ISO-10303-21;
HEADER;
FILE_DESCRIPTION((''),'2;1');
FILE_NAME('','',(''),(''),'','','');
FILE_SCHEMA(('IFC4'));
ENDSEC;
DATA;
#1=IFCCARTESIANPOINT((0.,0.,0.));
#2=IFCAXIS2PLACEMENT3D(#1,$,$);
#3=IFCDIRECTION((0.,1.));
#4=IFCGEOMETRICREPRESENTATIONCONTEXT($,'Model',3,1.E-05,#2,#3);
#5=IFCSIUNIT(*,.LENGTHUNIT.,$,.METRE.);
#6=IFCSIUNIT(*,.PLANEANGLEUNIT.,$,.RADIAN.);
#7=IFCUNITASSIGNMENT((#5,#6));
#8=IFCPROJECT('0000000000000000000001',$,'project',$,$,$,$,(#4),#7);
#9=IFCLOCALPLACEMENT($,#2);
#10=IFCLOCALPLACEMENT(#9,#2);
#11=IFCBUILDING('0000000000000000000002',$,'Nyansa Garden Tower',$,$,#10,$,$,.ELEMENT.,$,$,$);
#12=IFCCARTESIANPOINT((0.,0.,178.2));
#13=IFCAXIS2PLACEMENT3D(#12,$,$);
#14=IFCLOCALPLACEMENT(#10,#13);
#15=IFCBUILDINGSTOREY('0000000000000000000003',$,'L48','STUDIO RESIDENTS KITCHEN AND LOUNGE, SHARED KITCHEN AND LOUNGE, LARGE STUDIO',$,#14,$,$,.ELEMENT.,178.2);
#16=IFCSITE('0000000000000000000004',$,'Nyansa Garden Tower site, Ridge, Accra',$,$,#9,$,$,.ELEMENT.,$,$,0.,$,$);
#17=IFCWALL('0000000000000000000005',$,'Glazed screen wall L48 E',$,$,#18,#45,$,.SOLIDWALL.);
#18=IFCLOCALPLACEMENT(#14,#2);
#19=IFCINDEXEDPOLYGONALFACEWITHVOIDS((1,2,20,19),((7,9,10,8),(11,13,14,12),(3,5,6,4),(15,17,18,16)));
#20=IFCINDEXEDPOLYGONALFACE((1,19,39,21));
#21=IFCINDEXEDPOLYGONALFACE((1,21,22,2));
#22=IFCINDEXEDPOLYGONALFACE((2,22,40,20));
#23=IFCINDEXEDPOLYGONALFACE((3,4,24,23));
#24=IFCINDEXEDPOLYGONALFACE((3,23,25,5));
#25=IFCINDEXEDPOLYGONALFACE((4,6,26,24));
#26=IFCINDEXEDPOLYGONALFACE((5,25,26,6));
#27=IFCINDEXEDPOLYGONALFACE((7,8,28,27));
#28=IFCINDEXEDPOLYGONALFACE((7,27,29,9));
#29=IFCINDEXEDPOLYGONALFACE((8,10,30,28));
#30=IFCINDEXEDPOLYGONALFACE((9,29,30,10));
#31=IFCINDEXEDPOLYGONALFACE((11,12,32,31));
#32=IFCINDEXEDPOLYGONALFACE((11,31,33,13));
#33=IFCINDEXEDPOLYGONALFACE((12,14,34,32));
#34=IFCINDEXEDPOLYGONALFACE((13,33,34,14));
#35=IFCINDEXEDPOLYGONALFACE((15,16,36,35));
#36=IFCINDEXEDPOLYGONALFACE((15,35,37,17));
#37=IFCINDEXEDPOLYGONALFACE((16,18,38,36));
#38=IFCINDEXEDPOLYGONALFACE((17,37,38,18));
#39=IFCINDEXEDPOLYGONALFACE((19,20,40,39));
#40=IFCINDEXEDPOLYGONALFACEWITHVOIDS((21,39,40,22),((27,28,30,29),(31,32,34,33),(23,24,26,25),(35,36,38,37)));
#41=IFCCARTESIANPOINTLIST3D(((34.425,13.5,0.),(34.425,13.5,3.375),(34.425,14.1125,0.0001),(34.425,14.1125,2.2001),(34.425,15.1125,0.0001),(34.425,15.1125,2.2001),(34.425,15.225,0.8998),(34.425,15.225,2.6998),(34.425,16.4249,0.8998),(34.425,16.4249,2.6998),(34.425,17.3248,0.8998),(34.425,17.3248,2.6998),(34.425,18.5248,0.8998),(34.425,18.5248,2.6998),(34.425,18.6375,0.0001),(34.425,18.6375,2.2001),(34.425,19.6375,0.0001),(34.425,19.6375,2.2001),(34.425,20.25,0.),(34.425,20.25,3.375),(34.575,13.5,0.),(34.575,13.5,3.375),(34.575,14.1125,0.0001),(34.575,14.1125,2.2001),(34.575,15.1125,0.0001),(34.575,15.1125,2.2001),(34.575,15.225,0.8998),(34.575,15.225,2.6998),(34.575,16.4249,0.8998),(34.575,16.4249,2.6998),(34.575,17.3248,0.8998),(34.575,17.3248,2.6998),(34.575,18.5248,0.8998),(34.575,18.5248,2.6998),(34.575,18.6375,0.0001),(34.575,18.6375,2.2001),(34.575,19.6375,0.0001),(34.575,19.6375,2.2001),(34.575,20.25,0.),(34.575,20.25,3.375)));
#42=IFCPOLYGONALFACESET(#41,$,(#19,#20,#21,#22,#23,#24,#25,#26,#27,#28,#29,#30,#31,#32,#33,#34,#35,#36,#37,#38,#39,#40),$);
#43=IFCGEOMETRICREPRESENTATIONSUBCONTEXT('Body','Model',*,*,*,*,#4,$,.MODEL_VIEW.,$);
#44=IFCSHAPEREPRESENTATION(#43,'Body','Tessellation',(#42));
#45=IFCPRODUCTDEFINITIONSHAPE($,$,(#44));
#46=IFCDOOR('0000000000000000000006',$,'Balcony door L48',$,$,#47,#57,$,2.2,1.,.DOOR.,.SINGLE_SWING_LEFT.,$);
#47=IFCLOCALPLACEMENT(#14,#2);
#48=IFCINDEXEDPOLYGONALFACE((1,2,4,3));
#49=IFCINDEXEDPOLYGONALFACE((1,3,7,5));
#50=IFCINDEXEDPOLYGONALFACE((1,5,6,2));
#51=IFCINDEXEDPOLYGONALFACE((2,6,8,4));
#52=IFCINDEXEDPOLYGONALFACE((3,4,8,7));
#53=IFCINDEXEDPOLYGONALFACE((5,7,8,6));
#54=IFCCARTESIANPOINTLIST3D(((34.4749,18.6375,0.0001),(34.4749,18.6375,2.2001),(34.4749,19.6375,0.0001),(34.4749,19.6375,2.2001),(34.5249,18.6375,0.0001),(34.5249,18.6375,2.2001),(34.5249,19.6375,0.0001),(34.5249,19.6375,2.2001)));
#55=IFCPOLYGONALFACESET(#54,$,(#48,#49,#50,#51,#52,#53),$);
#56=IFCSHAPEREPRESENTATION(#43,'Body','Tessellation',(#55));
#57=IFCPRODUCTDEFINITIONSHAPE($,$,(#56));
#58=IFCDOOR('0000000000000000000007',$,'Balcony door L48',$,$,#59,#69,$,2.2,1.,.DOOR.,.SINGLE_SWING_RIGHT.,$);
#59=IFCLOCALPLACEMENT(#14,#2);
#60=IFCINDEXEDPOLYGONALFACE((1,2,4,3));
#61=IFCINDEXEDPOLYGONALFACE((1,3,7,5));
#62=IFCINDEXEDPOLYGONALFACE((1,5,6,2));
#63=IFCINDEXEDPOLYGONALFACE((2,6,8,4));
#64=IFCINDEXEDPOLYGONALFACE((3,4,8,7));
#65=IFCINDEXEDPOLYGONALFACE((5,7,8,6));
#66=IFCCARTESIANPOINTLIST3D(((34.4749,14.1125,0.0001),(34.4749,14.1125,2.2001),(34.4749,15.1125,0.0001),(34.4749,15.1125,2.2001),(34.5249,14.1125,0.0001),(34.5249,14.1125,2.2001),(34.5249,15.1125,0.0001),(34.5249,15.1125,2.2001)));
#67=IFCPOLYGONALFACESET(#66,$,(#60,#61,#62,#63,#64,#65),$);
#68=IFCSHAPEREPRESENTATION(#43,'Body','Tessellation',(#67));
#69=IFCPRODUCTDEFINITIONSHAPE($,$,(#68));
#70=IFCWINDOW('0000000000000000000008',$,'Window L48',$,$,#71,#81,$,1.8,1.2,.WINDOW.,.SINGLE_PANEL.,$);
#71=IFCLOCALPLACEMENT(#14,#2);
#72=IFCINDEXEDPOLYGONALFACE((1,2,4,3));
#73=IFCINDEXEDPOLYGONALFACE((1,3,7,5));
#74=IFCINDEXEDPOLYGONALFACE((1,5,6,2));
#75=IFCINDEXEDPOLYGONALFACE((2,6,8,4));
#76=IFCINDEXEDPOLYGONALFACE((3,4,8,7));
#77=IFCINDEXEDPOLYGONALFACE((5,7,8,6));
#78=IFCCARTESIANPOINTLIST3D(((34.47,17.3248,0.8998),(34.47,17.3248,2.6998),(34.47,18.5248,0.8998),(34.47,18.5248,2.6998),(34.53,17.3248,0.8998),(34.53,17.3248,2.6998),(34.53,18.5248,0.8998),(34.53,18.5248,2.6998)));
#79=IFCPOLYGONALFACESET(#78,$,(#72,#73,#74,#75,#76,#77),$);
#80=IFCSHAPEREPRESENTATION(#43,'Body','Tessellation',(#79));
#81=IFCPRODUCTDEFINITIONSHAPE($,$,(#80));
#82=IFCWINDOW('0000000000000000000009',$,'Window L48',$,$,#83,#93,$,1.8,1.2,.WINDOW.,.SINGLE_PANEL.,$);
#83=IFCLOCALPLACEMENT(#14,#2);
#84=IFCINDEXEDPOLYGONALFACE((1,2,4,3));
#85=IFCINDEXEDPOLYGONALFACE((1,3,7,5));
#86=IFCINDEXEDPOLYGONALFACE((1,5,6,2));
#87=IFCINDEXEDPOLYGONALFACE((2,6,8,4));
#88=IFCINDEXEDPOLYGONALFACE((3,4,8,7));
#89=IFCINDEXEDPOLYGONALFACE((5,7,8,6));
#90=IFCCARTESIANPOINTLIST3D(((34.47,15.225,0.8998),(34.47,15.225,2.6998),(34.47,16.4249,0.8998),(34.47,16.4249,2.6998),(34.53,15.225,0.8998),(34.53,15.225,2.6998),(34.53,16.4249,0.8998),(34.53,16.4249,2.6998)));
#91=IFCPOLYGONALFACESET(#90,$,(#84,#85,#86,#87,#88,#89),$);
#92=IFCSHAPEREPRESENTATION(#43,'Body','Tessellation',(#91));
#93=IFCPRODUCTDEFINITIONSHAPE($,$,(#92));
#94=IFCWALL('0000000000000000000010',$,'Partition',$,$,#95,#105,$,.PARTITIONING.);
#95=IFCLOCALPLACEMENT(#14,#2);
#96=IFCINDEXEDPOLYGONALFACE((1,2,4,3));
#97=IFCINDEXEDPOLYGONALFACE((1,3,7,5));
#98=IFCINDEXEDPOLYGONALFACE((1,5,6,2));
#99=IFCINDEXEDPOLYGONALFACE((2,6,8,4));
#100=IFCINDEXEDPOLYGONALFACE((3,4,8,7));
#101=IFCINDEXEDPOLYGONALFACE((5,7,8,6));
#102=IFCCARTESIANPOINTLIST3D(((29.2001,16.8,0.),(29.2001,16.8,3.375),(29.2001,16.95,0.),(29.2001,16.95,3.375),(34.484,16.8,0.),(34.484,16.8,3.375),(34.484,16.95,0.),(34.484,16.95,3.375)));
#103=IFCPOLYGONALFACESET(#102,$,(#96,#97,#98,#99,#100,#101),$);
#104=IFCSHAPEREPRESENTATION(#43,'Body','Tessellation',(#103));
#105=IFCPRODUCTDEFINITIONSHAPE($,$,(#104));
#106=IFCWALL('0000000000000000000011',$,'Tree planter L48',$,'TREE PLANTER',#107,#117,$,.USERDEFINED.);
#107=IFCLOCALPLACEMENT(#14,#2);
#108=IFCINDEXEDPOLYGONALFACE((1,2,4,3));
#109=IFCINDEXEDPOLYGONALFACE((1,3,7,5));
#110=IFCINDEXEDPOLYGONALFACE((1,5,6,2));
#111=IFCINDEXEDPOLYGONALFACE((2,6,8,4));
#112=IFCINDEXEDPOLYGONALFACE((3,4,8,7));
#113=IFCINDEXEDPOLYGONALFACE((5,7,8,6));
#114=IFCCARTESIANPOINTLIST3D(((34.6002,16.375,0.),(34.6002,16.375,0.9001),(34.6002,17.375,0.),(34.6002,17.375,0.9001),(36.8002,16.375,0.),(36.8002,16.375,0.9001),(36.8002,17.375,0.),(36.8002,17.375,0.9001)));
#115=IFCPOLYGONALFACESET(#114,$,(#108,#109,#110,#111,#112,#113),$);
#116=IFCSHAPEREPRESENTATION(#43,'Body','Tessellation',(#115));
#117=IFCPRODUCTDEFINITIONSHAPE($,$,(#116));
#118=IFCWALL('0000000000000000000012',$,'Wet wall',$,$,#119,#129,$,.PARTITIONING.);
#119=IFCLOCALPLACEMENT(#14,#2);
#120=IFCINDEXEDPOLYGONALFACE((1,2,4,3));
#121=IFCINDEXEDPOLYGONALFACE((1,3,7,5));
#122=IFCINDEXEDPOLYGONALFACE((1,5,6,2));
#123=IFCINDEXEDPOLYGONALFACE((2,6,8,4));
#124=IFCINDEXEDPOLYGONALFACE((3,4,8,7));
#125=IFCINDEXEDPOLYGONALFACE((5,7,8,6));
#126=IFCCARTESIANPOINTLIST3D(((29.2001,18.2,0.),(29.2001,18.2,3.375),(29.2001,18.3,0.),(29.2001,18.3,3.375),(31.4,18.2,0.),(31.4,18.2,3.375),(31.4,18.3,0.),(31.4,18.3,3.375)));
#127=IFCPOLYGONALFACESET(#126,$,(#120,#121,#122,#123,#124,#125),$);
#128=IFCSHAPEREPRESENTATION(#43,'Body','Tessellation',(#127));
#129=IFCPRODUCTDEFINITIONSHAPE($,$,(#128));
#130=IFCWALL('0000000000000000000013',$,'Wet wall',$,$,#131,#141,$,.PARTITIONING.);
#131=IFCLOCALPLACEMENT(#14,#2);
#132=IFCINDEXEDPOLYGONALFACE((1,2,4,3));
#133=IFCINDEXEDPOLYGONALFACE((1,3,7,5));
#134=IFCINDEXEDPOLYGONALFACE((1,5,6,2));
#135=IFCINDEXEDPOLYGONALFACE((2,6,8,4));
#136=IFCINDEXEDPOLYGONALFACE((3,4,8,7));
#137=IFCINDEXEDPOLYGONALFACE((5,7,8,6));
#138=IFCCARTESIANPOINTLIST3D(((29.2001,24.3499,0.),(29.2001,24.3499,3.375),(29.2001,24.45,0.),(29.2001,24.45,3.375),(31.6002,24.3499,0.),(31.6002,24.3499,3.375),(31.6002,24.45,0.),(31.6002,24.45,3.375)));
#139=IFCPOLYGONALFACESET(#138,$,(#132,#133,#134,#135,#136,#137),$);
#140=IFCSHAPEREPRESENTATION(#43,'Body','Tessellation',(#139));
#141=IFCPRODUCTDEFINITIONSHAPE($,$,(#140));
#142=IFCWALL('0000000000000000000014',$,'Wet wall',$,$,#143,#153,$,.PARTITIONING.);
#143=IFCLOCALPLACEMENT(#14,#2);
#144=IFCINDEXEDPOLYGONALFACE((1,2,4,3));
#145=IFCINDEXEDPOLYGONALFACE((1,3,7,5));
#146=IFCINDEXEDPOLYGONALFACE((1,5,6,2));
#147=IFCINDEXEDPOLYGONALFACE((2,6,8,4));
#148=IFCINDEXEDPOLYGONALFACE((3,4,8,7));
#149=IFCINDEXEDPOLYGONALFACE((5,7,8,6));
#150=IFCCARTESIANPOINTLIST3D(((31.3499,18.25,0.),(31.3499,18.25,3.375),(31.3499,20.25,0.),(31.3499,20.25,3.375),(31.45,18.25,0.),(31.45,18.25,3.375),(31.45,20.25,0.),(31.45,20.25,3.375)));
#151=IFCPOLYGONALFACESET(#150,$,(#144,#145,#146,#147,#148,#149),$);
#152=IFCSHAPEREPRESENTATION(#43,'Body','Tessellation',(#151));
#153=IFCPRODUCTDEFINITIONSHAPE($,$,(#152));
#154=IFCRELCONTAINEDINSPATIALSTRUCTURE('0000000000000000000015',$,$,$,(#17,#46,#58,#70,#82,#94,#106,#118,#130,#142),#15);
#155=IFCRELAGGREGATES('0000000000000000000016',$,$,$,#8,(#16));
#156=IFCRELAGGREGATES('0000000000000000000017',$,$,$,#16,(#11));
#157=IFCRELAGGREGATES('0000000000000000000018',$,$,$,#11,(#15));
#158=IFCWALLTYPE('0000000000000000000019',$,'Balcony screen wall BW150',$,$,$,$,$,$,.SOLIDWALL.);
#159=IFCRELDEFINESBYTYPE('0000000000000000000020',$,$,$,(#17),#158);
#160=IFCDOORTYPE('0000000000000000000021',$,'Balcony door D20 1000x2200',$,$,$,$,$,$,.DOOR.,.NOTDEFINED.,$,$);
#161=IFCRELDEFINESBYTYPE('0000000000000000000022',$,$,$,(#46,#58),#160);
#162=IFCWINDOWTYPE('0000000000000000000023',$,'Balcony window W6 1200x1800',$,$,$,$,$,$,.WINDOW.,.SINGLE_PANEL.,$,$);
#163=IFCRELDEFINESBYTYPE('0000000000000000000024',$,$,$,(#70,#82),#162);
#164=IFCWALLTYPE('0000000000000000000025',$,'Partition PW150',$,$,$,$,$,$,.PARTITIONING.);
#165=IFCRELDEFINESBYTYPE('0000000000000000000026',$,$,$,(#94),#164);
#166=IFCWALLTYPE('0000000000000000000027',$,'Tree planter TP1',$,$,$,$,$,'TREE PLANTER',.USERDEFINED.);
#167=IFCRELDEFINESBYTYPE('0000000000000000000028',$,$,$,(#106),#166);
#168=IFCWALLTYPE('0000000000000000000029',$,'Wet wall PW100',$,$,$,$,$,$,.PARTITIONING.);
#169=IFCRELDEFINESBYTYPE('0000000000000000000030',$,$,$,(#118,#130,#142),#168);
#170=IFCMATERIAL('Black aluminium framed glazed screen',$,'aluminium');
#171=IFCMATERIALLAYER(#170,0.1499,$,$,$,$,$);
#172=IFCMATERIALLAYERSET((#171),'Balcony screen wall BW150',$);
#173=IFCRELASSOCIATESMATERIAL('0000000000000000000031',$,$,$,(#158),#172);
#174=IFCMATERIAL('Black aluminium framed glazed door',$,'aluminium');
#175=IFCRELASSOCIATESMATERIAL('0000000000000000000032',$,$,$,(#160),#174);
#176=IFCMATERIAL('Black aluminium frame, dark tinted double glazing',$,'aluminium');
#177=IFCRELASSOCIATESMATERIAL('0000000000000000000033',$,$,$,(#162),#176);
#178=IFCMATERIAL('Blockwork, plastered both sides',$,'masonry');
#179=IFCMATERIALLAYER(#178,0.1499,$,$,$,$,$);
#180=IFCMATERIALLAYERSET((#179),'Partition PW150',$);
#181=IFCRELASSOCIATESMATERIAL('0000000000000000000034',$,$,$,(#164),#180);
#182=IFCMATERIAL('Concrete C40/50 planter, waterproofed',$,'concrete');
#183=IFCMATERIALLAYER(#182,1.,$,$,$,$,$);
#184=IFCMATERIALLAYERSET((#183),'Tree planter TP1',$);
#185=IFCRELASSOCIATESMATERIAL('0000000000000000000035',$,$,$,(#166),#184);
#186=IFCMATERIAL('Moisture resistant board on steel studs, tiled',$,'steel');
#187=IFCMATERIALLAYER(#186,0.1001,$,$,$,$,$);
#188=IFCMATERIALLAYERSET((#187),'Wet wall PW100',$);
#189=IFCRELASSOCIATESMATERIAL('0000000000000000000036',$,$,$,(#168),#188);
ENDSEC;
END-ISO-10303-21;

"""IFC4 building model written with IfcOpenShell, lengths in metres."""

from ifc_helpers import new_model, si_unit, direction, frame, frame_2d, origin, place, context, subcontext, project, spatial, rectangle, extrude, material, layer, layer_set, type_object, element, fill, save


model = new_model("IFC4")

# Units and contexts
model_context = context("Model", 3, precision=1e-05, world=origin(), true_north=direction((0.0, 1.0)))
body_context = subcontext(model_context, "Body", "Model", "MODEL_VIEW")
ifc_project = project(units=[si_unit("LENGTHUNIT", "METRE"), si_unit("PLANEANGLEUNIT", "RADIAN")], contexts=[model_context])

# Site, building, storey
site_placement = place(None, origin())
site = spatial("IfcSite", under=ifc_project, at=site_placement, Name="Nyansa Garden Tower site, Ridge, Accra", CompositionType="ELEMENT", RefElevation=0.0)
building_placement = place(site_placement, origin())
building = spatial("IfcBuilding", under=site, at=building_placement, Name="Nyansa Garden Tower", CompositionType="ELEMENT")
storey_placement = place(building_placement, frame((0.0, 0.0, 178.2)))
storey = spatial("IfcBuildingStorey", under=building, at=storey_placement, Name="L48", Description="STUDIO RESIDENTS KITCHEN AND LOUNGE, SHARED KITCHEN AND LOUNGE, LARGE STUDIO", CompositionType="ELEMENT", Elevation=178.2)

# Wall, openings, doors, windows
ifc_material_1 = material(Name="Black aluminium framed glazed screen", Category="aluminium")
ifc_layer_1 = layer(ifc_material_1, 0.1499)
ifc_layer_set_1 = layer_set([ifc_layer_1], Name="Balcony screen wall BW150")
wall_type_1 = type_object("IfcWallType", Name="Balcony screen wall BW150", PredefinedType="SOLIDWALL", material=ifc_layer_set_1)
wall_1_placement = place(storey_placement, frame((34.5, 20.25, 0.0), z_axis=(0.0, 0.0, 1.0), x_axis=(0.0, -1.0, 0.0)))
wall_1 = element("IfcWall", 1, at=wall_1_placement, inside=storey, type_object=wall_type_1, Name="Glazed screen wall L48 E", PredefinedType="SOLIDWALL", context=body_context, shape_type="SweptSolid", body=[
    extrude(rectangle(XDim=6.75, YDim=0.1499, at=frame_2d((3.375, 0.0))), origin(), (0.0, 0.0, 1.0), 3.375),
])
opening_1_placement = place(wall_1_placement, frame((0.6125, 0.0, 0.0)))
opening_1 = element("IfcOpeningElement", 2, at=opening_1_placement, cuts=wall_1, PredefinedType="OPENING", context=body_context, shape_type="SweptSolid", body=[
    extrude(rectangle(XDim=1.0, YDim=2.2, at=frame_2d((0.5, 1.1001))), frame((0.0, 0.085, 0.0), z_axis=(0.0, -1.0, 0.0), x_axis=(1.0, 0.0, 0.0)), (0.0, 0.0, 1.0), 0.1699),
])
opening_2_placement = place(wall_1_placement, frame((1.7251, 0.0, 0.8999)))
opening_2 = element("IfcOpeningElement", 3, at=opening_2_placement, cuts=wall_1, PredefinedType="OPENING", context=body_context, shape_type="SweptSolid", body=[
    extrude(rectangle(XDim=1.2, YDim=1.8, at=frame_2d((0.6001, 0.8999))), frame((0.0, 0.085, 0.0), z_axis=(0.0, -1.0, 0.0), x_axis=(1.0, 0.0, 0.0)), (0.0, 0.0, 1.0), 0.1699),
])
opening_3_placement = place(wall_1_placement, frame((5.1375, 0.0, 0.0)))
opening_3 = element("IfcOpeningElement", 4, at=opening_3_placement, cuts=wall_1, PredefinedType="OPENING", context=body_context, shape_type="SweptSolid", body=[
    extrude(rectangle(XDim=1.0, YDim=2.2, at=frame_2d((0.5, 1.1001))), frame((0.0, 0.085, 0.0), z_axis=(0.0, -1.0, 0.0), x_axis=(1.0, 0.0, 0.0)), (0.0, 0.0, 1.0), 0.1699),
])
opening_4_placement = place(wall_1_placement, frame((3.825, 0.0, 0.8999)))
opening_4 = element("IfcOpeningElement", 5, at=opening_4_placement, cuts=wall_1, PredefinedType="OPENING", context=body_context, shape_type="SweptSolid", body=[
    extrude(rectangle(XDim=1.2, YDim=1.8, at=frame_2d((0.6001, 0.8999))), frame((0.0, 0.085, 0.0), z_axis=(0.0, -1.0, 0.0), x_axis=(1.0, 0.0, 0.0)), (0.0, 0.0, 1.0), 0.1699),
])
ifc_material_2 = material(Name="Black aluminium framed glazed door", Category="aluminium")
door_type_1 = type_object("IfcDoorType", Name="Balcony door D20 1000x2200", OperationType="NOTDEFINED", PredefinedType="DOOR", material=ifc_material_2)
door_1_placement = place(opening_1_placement, origin())
door_1 = element("IfcDoor", 6, at=door_1_placement, inside=storey, type_object=door_type_1, Name="Balcony door L48", OperationType="SINGLE_SWING_LEFT", OverallHeight=2.2, OverallWidth=1.0, PredefinedType="DOOR", context=body_context, shape_type="SweptSolid", body=[
    extrude(rectangle(XDim=1.0, YDim=2.2, at=frame_2d((0.5, 1.1001))), frame((0.0, 0.0249, 0.0), z_axis=(0.0, -1.0, 0.0), x_axis=(1.0, 0.0, 0.0)), (0.0, 0.0, 1.0), 0.05),
])
fill(opening_1, door_1)
door_2_placement = place(opening_3_placement, origin())
door_2 = element("IfcDoor", 7, at=door_2_placement, inside=storey, type_object=door_type_1, Name="Balcony door L48", OperationType="SINGLE_SWING_RIGHT", OverallHeight=2.2, OverallWidth=1.0, PredefinedType="DOOR", context=body_context, shape_type="SweptSolid", body=[
    extrude(rectangle(XDim=1.0, YDim=2.2, at=frame_2d((0.5, 1.1001))), frame((0.0, 0.0249, 0.0), z_axis=(0.0, -1.0, 0.0), x_axis=(1.0, 0.0, 0.0)), (0.0, 0.0, 1.0), 0.05),
])
fill(opening_3, door_2)
ifc_material_3 = material(Name="Black aluminium frame, dark tinted double glazing", Category="aluminium")
window_type = type_object("IfcWindowType", Name="Balcony window W6 1200x1800", PartitioningType="SINGLE_PANEL", PredefinedType="WINDOW", material=ifc_material_3)
window_1_placement = place(opening_2_placement, origin())
window_1 = element("IfcWindow", 8, at=window_1_placement, inside=storey, type_object=window_type, Name="Window L48", OverallHeight=1.8, OverallWidth=1.2, PartitioningType="SINGLE_PANEL", PredefinedType="WINDOW", context=body_context, shape_type="SweptSolid", body=[
    extrude(rectangle(XDim=1.2, YDim=1.8, at=frame_2d((0.6001, 0.8999))), frame((0.0, 0.03, 0.0), z_axis=(0.0, -1.0, 0.0), x_axis=(1.0, 0.0, 0.0)), (0.0, 0.0, 1.0), 0.0601),
])
fill(opening_2, window_1)
window_2_placement = place(opening_4_placement, origin())
window_2 = element("IfcWindow", 9, at=window_2_placement, inside=storey, type_object=window_type, Name="Window L48", OverallHeight=1.8, OverallWidth=1.2, PartitioningType="SINGLE_PANEL", PredefinedType="WINDOW", context=body_context, shape_type="SweptSolid", body=[
    extrude(rectangle(XDim=1.2, YDim=1.8, at=frame_2d((0.6001, 0.8999))), frame((0.0, 0.03, 0.0), z_axis=(0.0, -1.0, 0.0), x_axis=(1.0, 0.0, 0.0)), (0.0, 0.0, 1.0), 0.0601),
])
fill(opening_4, window_2)

# Walls
ifc_material_4 = material(Name="Blockwork, plastered both sides", Category="masonry")
ifc_layer_2 = layer(ifc_material_4, 0.1499)
ifc_layer_set_2 = layer_set([ifc_layer_2], Name="Partition PW150")
wall_type_2 = type_object("IfcWallType", Name="Partition PW150", PredefinedType="PARTITIONING", material=ifc_layer_set_2)
wall_2_placement = place(storey_placement, frame((29.2, 16.875, 0.0), z_axis=(0.0, 0.0, 1.0), x_axis=(1.0, 0.0, 0.0)))
element("IfcWall", 10, at=wall_2_placement, inside=storey, type_object=wall_type_2, Name="Partition", PredefinedType="PARTITIONING", context=body_context, shape_type="SweptSolid", body=[
    extrude(rectangle(XDim=5.2839, YDim=0.1499, at=frame_2d((2.6421, 0.0))), origin(), (0.0, 0.0, 1.0), 3.375),
])
ifc_material_5 = material(Name="Concrete C40/50 planter, waterproofed", Category="concrete")
ifc_layer_3 = layer(ifc_material_5, 1.0)
ifc_layer_set_3 = layer_set([ifc_layer_3], Name="Tree planter TP1")
wall_type_3 = type_object("IfcWallType", Name="Tree planter TP1", ElementType="TREE PLANTER", PredefinedType="USERDEFINED", material=ifc_layer_set_3)
wall_3_placement = place(storey_placement, frame((34.6001, 16.875, 0.0), z_axis=(0.0, 0.0, 1.0), x_axis=(1.0, 0.0, 0.0)))
element("IfcWall", 11, at=wall_3_placement, inside=storey, type_object=wall_type_3, Name="Tree planter L48", ObjectType="TREE PLANTER", PredefinedType="USERDEFINED", context=body_context, shape_type="SweptSolid", body=[
    extrude(rectangle(XDim=2.2, YDim=1.0, at=frame_2d((1.1001, 0.0))), origin(), (0.0, 0.0, 1.0), 0.9001),
])
ifc_material_6 = material(Name="Moisture resistant board on steel studs, tiled", Category="steel")
ifc_layer_4 = layer(ifc_material_6, 0.1001)
ifc_layer_set_4 = layer_set([ifc_layer_4], Name="Wet wall PW100")
wall_type_4 = type_object("IfcWallType", Name="Wet wall PW100", PredefinedType="PARTITIONING", material=ifc_layer_set_4)
wall_4_placement = place(storey_placement, frame((29.2, 18.25, 0.0), z_axis=(0.0, 0.0, 1.0), x_axis=(1.0, 0.0, 0.0)))
element("IfcWall", 12, at=wall_4_placement, inside=storey, type_object=wall_type_4, Name="Wet wall", PredefinedType="PARTITIONING", context=body_context, shape_type="SweptSolid", body=[
    extrude(rectangle(XDim=2.2, YDim=0.1001, at=frame_2d((1.1001, 0.0))), origin(), (0.0, 0.0, 1.0), 3.375),
])
wall_5_placement = place(storey_placement, frame((29.2, 24.3999, 0.0), z_axis=(0.0, 0.0, 1.0), x_axis=(1.0, 0.0, 0.0)))
element("IfcWall", 13, at=wall_5_placement, inside=storey, type_object=wall_type_4, Name="Wet wall", PredefinedType="PARTITIONING", context=body_context, shape_type="SweptSolid", body=[
    extrude(rectangle(XDim=2.4001, YDim=0.1001, at=frame_2d((1.2002, 0.0))), origin(), (0.0, 0.0, 1.0), 3.375),
])
wall_6_placement = place(storey_placement, frame((31.3999, 18.25, 0.0), z_axis=(0.0, 0.0, 1.0), x_axis=(0.0, 1.0, 0.0)))
element("IfcWall", 14, at=wall_6_placement, inside=storey, type_object=wall_type_4, Name="Wet wall", PredefinedType="PARTITIONING", context=body_context, shape_type="SweptSolid", body=[
    extrude(rectangle(XDim=2.0, YDim=0.1001, at=frame_2d((1.0, 0.0))), origin(), (0.0, 0.0, 1.0), 3.375),
])

save(model, "model.ifc")
